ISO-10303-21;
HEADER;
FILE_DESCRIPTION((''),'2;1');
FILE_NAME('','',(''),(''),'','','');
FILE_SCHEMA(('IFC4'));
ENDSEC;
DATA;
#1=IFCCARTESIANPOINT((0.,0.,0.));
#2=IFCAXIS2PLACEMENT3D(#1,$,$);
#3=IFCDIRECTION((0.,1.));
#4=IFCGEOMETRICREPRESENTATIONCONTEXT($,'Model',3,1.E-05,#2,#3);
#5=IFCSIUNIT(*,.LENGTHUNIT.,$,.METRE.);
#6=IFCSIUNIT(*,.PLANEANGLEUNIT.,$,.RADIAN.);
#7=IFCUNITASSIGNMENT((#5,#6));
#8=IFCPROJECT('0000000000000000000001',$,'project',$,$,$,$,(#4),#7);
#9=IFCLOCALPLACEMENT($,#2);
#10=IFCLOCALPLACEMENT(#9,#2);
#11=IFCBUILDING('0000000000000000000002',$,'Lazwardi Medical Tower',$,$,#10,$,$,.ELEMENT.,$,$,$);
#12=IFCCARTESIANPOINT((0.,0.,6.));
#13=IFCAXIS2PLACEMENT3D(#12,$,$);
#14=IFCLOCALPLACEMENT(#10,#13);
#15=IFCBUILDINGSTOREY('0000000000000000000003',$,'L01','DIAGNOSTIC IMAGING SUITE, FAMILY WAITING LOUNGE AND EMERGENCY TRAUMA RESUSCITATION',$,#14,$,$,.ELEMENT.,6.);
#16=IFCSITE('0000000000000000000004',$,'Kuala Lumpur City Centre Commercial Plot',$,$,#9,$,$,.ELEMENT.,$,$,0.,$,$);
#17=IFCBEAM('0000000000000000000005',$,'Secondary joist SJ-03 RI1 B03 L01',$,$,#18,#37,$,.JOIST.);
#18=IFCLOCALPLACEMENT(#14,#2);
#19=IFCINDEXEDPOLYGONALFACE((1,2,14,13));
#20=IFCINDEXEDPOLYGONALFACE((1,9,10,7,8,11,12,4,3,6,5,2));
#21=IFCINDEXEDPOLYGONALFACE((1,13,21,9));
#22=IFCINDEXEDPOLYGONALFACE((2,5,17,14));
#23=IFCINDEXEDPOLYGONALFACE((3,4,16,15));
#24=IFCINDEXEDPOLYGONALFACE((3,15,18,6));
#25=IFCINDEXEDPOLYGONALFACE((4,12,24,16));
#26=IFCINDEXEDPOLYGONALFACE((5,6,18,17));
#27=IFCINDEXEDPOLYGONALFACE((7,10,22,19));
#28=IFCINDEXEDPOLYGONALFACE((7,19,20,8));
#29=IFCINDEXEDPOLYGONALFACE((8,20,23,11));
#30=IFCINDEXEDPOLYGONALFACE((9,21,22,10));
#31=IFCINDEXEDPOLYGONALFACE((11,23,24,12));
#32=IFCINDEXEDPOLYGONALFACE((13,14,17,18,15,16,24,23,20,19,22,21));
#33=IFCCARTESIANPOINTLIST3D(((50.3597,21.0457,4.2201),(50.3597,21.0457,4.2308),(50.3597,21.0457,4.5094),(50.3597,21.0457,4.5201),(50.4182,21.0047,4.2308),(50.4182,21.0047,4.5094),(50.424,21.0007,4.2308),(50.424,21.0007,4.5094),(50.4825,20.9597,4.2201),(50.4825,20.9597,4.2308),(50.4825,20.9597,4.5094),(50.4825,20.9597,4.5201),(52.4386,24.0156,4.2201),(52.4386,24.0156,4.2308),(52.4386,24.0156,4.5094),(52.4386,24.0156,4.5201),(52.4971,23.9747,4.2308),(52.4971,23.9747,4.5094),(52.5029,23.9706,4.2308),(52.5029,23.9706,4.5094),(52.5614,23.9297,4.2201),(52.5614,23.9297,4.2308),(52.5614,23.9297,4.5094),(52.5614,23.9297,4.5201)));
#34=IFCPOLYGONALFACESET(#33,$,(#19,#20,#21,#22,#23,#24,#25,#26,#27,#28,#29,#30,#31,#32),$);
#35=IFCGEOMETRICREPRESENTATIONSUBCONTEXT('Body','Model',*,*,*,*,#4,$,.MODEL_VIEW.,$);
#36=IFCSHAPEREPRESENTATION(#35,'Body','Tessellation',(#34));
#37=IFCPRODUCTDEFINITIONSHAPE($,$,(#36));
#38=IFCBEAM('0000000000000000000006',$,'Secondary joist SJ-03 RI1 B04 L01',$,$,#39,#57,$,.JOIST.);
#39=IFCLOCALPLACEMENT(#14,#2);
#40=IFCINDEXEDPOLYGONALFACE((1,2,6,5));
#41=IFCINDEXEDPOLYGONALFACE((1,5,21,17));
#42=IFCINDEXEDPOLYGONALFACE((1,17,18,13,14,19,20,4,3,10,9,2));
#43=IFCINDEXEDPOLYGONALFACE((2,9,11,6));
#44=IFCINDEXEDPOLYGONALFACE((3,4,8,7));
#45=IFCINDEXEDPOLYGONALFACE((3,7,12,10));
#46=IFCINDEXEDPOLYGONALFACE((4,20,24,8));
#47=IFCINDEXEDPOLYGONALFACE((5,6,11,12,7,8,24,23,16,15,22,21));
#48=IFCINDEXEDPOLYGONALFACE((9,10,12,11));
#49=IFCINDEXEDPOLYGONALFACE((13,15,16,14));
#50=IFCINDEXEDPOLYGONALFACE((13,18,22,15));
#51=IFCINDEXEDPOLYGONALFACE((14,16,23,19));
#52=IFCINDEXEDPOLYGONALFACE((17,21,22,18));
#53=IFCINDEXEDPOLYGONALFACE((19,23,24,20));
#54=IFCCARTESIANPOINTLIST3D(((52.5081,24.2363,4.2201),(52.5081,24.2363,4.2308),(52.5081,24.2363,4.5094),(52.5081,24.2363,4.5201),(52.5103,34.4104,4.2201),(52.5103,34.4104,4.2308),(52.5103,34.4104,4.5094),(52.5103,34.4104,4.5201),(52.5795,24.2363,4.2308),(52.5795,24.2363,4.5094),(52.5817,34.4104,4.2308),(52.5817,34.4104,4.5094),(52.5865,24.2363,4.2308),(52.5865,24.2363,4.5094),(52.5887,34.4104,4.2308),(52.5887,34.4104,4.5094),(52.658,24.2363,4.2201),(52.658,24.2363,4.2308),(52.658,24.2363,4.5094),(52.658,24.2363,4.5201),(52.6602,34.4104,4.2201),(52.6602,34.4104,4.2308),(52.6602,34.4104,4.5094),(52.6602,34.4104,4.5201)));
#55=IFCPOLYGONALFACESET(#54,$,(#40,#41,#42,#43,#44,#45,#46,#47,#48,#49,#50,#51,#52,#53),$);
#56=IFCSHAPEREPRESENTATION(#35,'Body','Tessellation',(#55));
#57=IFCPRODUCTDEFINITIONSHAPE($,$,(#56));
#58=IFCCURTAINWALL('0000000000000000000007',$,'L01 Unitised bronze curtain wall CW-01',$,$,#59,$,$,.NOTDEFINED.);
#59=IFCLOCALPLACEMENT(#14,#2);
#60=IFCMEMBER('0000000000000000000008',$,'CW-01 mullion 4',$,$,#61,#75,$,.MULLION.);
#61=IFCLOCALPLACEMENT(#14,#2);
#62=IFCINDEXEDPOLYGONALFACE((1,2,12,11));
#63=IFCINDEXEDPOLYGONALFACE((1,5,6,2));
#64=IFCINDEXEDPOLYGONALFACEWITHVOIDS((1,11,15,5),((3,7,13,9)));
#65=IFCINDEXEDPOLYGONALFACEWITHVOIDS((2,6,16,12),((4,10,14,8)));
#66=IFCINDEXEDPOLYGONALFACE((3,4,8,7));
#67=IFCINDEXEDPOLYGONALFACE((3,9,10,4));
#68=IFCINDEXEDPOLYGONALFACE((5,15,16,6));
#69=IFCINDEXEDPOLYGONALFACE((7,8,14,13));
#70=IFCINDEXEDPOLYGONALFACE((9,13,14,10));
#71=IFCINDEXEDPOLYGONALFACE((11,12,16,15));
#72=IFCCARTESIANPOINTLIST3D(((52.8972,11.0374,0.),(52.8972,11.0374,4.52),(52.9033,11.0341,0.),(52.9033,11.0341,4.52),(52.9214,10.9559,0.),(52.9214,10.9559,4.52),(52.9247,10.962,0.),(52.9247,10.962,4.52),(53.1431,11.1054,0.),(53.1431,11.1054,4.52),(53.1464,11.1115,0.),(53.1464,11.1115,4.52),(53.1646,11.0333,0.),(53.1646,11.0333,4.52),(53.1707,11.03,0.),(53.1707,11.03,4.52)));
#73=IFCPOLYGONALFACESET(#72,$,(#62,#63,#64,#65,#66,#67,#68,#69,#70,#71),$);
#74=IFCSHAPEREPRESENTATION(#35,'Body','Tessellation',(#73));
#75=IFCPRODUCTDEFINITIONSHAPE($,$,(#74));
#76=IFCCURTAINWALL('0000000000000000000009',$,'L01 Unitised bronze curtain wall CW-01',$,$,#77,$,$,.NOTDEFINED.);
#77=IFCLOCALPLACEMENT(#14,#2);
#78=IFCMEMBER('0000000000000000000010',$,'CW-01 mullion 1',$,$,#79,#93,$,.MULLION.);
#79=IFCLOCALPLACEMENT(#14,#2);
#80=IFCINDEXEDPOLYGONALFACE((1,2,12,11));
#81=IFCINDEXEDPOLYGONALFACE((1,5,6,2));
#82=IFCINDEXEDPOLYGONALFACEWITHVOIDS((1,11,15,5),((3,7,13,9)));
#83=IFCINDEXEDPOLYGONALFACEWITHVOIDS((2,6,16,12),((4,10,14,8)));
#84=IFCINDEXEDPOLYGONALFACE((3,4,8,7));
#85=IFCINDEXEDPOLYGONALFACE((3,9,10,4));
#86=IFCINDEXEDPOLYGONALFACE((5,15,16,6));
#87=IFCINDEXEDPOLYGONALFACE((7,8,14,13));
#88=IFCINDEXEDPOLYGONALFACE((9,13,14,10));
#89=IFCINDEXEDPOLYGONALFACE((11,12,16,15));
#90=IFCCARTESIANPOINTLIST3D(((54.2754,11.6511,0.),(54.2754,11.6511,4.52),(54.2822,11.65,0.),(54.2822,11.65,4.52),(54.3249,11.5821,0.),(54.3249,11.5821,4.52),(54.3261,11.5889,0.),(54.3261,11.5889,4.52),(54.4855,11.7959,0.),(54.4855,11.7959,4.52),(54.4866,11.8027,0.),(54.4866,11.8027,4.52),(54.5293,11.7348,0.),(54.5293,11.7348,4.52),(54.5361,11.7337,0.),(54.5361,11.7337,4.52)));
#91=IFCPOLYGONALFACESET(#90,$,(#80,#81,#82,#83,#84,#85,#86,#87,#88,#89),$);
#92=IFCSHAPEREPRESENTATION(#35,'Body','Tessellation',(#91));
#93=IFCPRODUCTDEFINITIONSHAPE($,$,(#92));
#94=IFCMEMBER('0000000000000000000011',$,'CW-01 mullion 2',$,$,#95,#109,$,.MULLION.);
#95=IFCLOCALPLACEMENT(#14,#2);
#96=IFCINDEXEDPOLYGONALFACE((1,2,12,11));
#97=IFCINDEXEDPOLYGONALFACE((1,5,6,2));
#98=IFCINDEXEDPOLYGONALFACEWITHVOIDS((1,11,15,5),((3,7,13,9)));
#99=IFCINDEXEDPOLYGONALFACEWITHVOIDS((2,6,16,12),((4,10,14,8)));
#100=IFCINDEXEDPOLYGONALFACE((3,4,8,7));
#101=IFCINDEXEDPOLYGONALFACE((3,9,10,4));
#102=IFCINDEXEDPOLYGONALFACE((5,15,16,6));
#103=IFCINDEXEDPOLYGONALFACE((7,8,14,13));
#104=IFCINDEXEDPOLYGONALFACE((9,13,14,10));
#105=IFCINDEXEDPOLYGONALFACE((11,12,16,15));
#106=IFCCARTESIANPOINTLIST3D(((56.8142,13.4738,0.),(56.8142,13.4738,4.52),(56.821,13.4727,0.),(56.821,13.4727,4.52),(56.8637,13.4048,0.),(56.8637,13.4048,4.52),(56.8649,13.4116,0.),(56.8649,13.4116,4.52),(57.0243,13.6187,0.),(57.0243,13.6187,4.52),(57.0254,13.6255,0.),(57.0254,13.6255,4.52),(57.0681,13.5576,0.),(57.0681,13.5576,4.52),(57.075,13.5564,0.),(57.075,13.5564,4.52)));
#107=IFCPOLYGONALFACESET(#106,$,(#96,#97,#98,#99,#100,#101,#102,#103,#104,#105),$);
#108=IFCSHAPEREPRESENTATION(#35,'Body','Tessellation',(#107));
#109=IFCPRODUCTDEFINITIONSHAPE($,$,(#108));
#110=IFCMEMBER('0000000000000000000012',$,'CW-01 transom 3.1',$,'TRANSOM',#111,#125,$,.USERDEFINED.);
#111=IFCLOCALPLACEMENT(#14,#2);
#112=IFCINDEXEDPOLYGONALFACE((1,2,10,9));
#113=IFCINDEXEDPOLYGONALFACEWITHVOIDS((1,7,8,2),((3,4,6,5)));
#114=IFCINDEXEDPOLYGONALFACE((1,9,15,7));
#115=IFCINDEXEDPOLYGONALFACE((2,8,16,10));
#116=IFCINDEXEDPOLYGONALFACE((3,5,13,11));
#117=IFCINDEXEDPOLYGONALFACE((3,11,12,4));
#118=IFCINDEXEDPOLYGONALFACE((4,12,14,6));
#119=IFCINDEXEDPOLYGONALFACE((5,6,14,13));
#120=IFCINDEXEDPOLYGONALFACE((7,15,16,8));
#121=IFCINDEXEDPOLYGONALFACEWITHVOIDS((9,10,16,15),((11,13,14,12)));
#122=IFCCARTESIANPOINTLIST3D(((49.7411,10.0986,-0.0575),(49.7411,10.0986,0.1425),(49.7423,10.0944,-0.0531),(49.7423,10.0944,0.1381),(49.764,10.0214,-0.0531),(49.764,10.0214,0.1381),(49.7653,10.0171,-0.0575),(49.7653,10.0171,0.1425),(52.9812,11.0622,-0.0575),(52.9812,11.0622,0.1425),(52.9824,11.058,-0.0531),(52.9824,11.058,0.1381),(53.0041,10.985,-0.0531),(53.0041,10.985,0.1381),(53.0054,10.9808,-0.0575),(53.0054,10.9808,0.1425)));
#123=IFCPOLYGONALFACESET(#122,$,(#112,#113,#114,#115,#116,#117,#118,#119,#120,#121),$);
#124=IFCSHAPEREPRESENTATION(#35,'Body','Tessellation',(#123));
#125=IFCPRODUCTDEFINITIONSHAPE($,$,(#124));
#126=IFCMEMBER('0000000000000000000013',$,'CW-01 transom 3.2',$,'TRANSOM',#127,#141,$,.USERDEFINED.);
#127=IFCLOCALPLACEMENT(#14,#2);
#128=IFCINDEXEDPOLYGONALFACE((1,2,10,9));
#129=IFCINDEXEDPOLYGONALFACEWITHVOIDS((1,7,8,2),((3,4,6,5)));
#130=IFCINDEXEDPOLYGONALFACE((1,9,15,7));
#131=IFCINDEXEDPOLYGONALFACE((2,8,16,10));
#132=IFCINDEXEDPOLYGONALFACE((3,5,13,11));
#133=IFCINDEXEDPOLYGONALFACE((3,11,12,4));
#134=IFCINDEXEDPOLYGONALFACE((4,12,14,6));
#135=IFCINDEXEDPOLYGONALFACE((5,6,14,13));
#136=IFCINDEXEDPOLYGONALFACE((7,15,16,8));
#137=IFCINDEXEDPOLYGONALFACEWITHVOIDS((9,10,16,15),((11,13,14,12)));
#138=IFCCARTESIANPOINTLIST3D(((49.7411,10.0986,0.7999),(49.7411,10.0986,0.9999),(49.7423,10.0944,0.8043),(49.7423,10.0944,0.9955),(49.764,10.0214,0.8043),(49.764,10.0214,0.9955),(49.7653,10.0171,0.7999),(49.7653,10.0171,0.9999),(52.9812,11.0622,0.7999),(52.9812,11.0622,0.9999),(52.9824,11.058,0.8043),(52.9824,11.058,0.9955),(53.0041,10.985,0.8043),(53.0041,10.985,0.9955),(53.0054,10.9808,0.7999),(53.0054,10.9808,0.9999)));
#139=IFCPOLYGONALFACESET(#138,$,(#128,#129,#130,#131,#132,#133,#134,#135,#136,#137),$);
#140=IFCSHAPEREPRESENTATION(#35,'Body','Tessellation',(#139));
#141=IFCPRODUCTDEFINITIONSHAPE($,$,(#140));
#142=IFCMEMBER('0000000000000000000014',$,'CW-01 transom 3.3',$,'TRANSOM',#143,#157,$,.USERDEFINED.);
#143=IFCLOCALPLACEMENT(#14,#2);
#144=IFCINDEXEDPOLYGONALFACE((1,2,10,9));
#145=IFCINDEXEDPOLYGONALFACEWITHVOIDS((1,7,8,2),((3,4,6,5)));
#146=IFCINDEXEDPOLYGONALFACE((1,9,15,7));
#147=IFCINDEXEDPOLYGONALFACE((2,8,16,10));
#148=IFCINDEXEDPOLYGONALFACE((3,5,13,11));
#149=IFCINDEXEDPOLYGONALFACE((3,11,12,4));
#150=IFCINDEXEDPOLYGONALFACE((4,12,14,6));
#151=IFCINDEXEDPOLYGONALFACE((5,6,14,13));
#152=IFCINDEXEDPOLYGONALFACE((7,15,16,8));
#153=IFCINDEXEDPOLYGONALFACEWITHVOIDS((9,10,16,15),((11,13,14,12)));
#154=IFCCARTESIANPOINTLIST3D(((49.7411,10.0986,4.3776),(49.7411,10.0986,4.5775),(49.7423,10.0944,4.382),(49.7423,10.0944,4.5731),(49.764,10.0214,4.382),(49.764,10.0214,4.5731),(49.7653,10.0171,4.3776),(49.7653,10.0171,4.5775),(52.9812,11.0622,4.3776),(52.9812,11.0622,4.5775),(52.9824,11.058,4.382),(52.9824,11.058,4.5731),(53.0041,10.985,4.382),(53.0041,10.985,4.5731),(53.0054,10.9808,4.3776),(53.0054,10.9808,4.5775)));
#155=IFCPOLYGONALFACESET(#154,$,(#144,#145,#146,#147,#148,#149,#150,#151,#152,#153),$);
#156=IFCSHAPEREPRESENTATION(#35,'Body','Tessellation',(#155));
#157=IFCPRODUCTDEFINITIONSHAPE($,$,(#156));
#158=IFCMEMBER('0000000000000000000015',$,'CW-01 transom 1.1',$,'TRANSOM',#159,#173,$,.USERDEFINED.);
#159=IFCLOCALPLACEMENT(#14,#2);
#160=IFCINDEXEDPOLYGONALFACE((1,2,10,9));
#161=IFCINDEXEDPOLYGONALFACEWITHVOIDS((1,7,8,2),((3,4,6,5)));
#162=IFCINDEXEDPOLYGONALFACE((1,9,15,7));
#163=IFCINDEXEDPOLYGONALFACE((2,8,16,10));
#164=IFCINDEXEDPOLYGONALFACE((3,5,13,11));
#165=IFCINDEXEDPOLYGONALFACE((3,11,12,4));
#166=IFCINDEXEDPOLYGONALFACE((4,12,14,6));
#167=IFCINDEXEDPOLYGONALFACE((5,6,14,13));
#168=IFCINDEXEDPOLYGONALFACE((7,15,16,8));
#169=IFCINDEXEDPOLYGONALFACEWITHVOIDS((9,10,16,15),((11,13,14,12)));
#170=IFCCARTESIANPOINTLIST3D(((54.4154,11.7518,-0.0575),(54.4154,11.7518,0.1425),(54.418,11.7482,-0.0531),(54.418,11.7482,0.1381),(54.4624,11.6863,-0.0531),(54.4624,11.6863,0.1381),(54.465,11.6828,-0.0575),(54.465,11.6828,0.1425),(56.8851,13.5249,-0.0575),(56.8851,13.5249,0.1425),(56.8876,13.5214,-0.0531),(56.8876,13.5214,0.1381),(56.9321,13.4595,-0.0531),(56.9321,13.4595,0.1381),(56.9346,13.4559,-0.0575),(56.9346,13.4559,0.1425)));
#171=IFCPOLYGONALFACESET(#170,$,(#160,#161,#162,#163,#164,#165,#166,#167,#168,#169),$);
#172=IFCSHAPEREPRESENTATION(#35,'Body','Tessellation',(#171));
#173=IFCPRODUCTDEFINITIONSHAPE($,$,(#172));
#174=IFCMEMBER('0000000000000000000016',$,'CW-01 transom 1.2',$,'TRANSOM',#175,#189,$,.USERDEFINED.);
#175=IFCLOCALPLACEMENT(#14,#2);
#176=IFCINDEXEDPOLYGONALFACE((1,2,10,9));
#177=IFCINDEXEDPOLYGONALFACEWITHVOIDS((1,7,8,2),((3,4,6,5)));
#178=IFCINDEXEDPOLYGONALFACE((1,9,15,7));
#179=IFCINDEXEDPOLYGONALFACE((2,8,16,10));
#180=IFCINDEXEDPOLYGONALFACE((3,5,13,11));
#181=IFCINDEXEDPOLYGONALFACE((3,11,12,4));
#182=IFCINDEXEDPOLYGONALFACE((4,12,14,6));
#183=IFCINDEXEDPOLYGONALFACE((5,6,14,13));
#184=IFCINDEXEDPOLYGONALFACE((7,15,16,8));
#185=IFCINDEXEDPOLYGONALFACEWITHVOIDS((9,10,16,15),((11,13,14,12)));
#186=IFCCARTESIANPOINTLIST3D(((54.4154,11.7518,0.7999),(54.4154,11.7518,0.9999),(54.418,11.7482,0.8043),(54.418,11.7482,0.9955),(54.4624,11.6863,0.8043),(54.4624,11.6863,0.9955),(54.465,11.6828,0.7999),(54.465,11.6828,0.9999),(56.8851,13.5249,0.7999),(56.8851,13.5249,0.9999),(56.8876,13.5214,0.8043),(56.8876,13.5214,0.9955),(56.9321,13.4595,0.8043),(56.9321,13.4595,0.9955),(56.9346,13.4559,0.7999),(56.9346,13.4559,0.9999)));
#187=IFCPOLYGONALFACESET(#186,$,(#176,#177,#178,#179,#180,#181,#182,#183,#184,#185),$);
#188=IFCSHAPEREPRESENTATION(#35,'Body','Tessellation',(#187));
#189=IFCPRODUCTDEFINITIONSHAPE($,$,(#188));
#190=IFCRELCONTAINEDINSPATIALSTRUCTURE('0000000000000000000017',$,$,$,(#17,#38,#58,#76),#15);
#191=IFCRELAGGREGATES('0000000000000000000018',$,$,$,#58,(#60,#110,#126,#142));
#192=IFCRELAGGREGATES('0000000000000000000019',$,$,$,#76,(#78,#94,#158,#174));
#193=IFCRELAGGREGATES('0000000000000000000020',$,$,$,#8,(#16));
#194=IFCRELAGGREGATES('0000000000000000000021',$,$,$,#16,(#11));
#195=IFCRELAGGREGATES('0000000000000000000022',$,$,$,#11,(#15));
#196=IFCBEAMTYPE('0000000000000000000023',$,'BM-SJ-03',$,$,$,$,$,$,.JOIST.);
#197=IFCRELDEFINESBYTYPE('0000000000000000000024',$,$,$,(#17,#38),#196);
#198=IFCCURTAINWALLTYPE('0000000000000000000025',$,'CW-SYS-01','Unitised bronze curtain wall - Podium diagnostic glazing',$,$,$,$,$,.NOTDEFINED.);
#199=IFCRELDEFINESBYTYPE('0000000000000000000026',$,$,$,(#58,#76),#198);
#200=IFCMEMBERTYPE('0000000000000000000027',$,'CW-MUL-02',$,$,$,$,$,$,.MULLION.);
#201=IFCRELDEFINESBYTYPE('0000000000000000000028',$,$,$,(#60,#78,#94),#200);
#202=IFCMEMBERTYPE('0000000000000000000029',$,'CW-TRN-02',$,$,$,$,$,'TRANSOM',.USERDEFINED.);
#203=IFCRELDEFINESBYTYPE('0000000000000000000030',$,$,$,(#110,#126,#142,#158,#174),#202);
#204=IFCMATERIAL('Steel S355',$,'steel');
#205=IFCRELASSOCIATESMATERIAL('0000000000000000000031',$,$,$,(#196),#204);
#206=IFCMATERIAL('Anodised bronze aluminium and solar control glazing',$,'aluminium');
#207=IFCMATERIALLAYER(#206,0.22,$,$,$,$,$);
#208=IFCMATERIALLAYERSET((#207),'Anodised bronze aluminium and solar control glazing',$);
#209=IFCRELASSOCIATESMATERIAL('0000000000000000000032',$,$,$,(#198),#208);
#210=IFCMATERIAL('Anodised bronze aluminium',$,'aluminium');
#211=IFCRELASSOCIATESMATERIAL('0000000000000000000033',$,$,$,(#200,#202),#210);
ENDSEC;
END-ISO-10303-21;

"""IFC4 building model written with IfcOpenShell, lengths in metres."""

from ifc_helpers import new_model, si_unit, direction, frame, origin, origin_2d, place, context, subcontext, project, spatial, hollow_rectangle, i_section, extrude, material, layer, layer_set, material_profile, profile_set, type_object, element, aggregate, save


model = new_model("IFC4")

# Units and contexts
model_context = context("Model", 3, precision=1e-05, world=origin(), true_north=direction((0.0, 1.0)))
body_context = subcontext(model_context, "Body", "Model", "MODEL_VIEW")
ifc_project = project(units=[si_unit("LENGTHUNIT", "METRE"), si_unit("PLANEANGLEUNIT", "RADIAN")], contexts=[model_context])

# Site, building, storey
site_placement = place(None, origin())
site = spatial("IfcSite", under=ifc_project, at=site_placement, Name="Kuala Lumpur City Centre Commercial Plot", CompositionType="ELEMENT", RefElevation=0.0)
building_placement = place(site_placement, origin())
building = spatial("IfcBuilding", under=site, at=building_placement, Name="Lazwardi Medical Tower", CompositionType="ELEMENT")
storey_placement = place(building_placement, frame((0.0, 0.0, 6.0)))
storey = spatial("IfcBuildingStorey", under=building, at=storey_placement, Name="L01", Description="DIAGNOSTIC IMAGING SUITE, FAMILY WAITING LOUNGE AND EMERGENCY TRAUMA RESUSCITATION", CompositionType="ELEMENT", Elevation=6.0)

# Beams
ifc_material_1 = material(Name="Steel S355", Category="steel")
ifc_material_profile_1 = material_profile(ifc_material_1, i_section(OverallWidth=0.1499, OverallDepth=0.3, WebThickness=0.0071, FlangeThickness=0.0107, at=origin_2d()), Name="IPE 300")
ifc_profile_set_1 = profile_set([ifc_material_profile_1], Name="Steel S355")
beam_type_1 = type_object("IfcBeamType", Name="BM-SJ-03", PredefinedType="JOIST", material=ifc_profile_set_1)
beam_1_placement = place(storey_placement, frame((50.4211, 21.0027, 4.3701), z_axis=(0.57344, 0.819248, 0.0), x_axis=(-0.819248, 0.57344, 0.0)))
element("IfcBeam", 1, at=beam_1_placement, inside=storey, type_object=beam_type_1, Name="Secondary joist SJ-03 RI1 B03 L01", PredefinedType="JOIST", context=body_context, shape_type="SweptSolid", body=[
    extrude(i_section(OverallWidth=0.1499, OverallDepth=0.3, WebThickness=0.0071, FlangeThickness=0.0107, at=origin_2d()), origin(), (0.0, 0.0, 1.0), 3.6252),
])
beam_2_placement = place(storey_placement, frame((52.583, 24.2363, 4.3701), z_axis=(0.000216, 1.0, 0.0), x_axis=(-1.0, 0.000216, 0.0)))
element("IfcBeam", 2, at=beam_2_placement, inside=storey, type_object=beam_type_1, Name="Secondary joist SJ-03 RI1 B04 L01", PredefinedType="JOIST", context=body_context, shape_type="SweptSolid", body=[
    extrude(i_section(OverallWidth=0.1499, OverallDepth=0.3, WebThickness=0.0071, FlangeThickness=0.0107, at=origin_2d()), origin(), (0.0, 0.0, 1.0), 10.1741),
])

# Curtain wall, member
ifc_material_2 = material(Name="Anodised bronze aluminium and solar control glazing", Category="aluminium")
ifc_layer_1 = layer(ifc_material_2, 0.22)
ifc_layer_set_1 = layer_set([ifc_layer_1], Name="Anodised bronze aluminium and solar control glazing")
curtain_wall_type = type_object("IfcCurtainWallType", Name="CW-SYS-01", Description="Unitised bronze curtain wall - Podium diagnostic glazing", PredefinedType="NOTDEFINED", material=ifc_layer_set_1)
curtain_wall_1_placement = place(storey_placement, origin())
curtain_wall_1 = element("IfcCurtainWall", 3, at=curtain_wall_1_placement, inside=storey, type_object=curtain_wall_type, Name="L01 Unitised bronze curtain wall CW-01", PredefinedType="NOTDEFINED")
ifc_material_3 = material(Name="Anodised bronze aluminium", Category="aluminium")
ifc_material_profile_2 = material_profile(ifc_material_3, hollow_rectangle(XDim=0.085, YDim=0.26, WallThickness=0.0049, at=origin_2d()), Name="ALU-MULLION 260x85x5")
ifc_profile_set_2 = profile_set([ifc_material_profile_2], Name="Anodised bronze aluminium")
member_type_1 = type_object("IfcMemberType", Name="CW-MUL-02", PredefinedType="MULLION", material=ifc_profile_set_2)
member_1_placement = place(storey_placement, frame((53.0339, 11.0337, 0.0), z_axis=(0.0, 0.0, 1.0), x_axis=(-0.285047, 0.958513, 0.0)))
member_1 = element("IfcMember", 4, at=member_1_placement, type_object=member_type_1, Name="CW-01 mullion 4", PredefinedType="MULLION", context=body_context, shape_type="SweptSolid", body=[
    extrude(hollow_rectangle(XDim=0.085, YDim=0.26, WallThickness=0.0049, at=origin_2d()), origin(), (0.0, 0.0, 1.0), 4.52),
])

# Curtain wall, members
curtain_wall_2_placement = place(storey_placement, origin())
curtain_wall_2 = element("IfcCurtainWall", 5, at=curtain_wall_2_placement, inside=storey, type_object=curtain_wall_type, Name="L01 Unitised bronze curtain wall CW-01", PredefinedType="NOTDEFINED")
member_2_placement = place(storey_placement, frame((54.4058, 11.6924, 0.0), z_axis=(0.0, 0.0, 1.0), x_axis=(-0.583214, 0.812318, 0.0)))
member_2 = element("IfcMember", 6, at=member_2_placement, type_object=member_type_1, Name="CW-01 mullion 1", PredefinedType="MULLION", context=body_context, shape_type="SweptSolid", body=[
    extrude(hollow_rectangle(XDim=0.085, YDim=0.26, WallThickness=0.0049, at=origin_2d()), origin(), (0.0, 0.0, 1.0), 4.52),
])
member_3_placement = place(storey_placement, frame((56.9446, 13.5151, 0.0), z_axis=(0.0, 0.0, 1.0), x_axis=(-0.583214, 0.812318, 0.0)))
member_3 = element("IfcMember", 7, at=member_3_placement, type_object=member_type_1, Name="CW-01 mullion 2", PredefinedType="MULLION", context=body_context, shape_type="SweptSolid", body=[
    extrude(hollow_rectangle(XDim=0.085, YDim=0.26, WallThickness=0.0049, at=origin_2d()), origin(), (0.0, 0.0, 1.0), 4.52),
])

# Members
ifc_material_profile_3 = material_profile(ifc_material_3, hollow_rectangle(XDim=0.085, YDim=0.2, WallThickness=0.0044, at=origin_2d()), Name="ALU-TRANSOM 200x85x4.5")
ifc_profile_set_3 = profile_set([ifc_material_profile_3], Name="Anodised bronze aluminium")
member_type_2 = type_object("IfcMemberType", Name="CW-TRN-02", ElementType="TRANSOM", PredefinedType="USERDEFINED", material=ifc_profile_set_3)
member_4_placement = place(storey_placement, frame((49.7532, 10.0579, 0.0425), z_axis=(0.958505, 0.285074, 0.0), x_axis=(-0.285074, 0.958505, 0.0)))
member_4 = element("IfcMember", 8, at=member_4_placement, type_object=member_type_2, Name="CW-01 transom 3.1", ObjectType="TRANSOM", PredefinedType="USERDEFINED", context=body_context, shape_type="SweptSolid", body=[
    extrude(hollow_rectangle(XDim=0.085, YDim=0.2, WallThickness=0.0044, at=origin_2d()), origin(), (0.0, 0.0, 1.0), 3.3804),
])
member_5_placement = place(storey_placement, frame((49.7532, 10.0579, 0.8999), z_axis=(0.958505, 0.285074, 0.0), x_axis=(-0.285074, 0.958505, 0.0)))
member_5 = element("IfcMember", 9, at=member_5_placement, type_object=member_type_2, Name="CW-01 transom 3.2", ObjectType="TRANSOM", PredefinedType="USERDEFINED", context=body_context, shape_type="SweptSolid", body=[
    extrude(hollow_rectangle(XDim=0.085, YDim=0.2, WallThickness=0.0044, at=origin_2d()), origin(), (0.0, 0.0, 1.0), 3.3804),
])
member_6_placement = place(storey_placement, frame((49.7532, 10.0579, 4.4775), z_axis=(0.958505, 0.285074, 0.0), x_axis=(-0.285074, 0.958505, 0.0)))
member_6 = element("IfcMember", 10, at=member_6_placement, type_object=member_type_2, Name="CW-01 transom 3.3", ObjectType="TRANSOM", PredefinedType="USERDEFINED", context=body_context, shape_type="SweptSolid", body=[
    extrude(hollow_rectangle(XDim=0.085, YDim=0.2, WallThickness=0.0044, at=origin_2d()), origin(), (0.0, 0.0, 1.0), 3.3804),
])
member_7_placement = place(storey_placement, frame((54.4402, 11.7173, 0.0425), z_axis=(0.812315, 0.583219, 0.0), x_axis=(-0.583219, 0.812315, 0.0)))
member_7 = element("IfcMember", 11, at=member_7_placement, type_object=member_type_2, Name="CW-01 transom 1.1", ObjectType="TRANSOM", PredefinedType="USERDEFINED", context=body_context, shape_type="SweptSolid", body=[
    extrude(hollow_rectangle(XDim=0.085, YDim=0.2, WallThickness=0.0044, at=origin_2d()), origin(), (0.0, 0.0, 1.0), 3.0403),
])
member_8_placement = place(storey_placement, frame((54.4402, 11.7173, 0.8999), z_axis=(0.812315, 0.583219, 0.0), x_axis=(-0.583219, 0.812315, 0.0)))
member_8 = element("IfcMember", 12, at=member_8_placement, type_object=member_type_2, Name="CW-01 transom 1.2", ObjectType="TRANSOM", PredefinedType="USERDEFINED", context=body_context, shape_type="SweptSolid", body=[
    extrude(hollow_rectangle(XDim=0.085, YDim=0.2, WallThickness=0.0044, at=origin_2d()), origin(), (0.0, 0.0, 1.0), 3.0403),
])

aggregate(curtain_wall_1, [member_1, member_4, member_5, member_6])
aggregate(curtain_wall_2, [member_2, member_3, member_7, member_8])

save(model, "model.ifc")
